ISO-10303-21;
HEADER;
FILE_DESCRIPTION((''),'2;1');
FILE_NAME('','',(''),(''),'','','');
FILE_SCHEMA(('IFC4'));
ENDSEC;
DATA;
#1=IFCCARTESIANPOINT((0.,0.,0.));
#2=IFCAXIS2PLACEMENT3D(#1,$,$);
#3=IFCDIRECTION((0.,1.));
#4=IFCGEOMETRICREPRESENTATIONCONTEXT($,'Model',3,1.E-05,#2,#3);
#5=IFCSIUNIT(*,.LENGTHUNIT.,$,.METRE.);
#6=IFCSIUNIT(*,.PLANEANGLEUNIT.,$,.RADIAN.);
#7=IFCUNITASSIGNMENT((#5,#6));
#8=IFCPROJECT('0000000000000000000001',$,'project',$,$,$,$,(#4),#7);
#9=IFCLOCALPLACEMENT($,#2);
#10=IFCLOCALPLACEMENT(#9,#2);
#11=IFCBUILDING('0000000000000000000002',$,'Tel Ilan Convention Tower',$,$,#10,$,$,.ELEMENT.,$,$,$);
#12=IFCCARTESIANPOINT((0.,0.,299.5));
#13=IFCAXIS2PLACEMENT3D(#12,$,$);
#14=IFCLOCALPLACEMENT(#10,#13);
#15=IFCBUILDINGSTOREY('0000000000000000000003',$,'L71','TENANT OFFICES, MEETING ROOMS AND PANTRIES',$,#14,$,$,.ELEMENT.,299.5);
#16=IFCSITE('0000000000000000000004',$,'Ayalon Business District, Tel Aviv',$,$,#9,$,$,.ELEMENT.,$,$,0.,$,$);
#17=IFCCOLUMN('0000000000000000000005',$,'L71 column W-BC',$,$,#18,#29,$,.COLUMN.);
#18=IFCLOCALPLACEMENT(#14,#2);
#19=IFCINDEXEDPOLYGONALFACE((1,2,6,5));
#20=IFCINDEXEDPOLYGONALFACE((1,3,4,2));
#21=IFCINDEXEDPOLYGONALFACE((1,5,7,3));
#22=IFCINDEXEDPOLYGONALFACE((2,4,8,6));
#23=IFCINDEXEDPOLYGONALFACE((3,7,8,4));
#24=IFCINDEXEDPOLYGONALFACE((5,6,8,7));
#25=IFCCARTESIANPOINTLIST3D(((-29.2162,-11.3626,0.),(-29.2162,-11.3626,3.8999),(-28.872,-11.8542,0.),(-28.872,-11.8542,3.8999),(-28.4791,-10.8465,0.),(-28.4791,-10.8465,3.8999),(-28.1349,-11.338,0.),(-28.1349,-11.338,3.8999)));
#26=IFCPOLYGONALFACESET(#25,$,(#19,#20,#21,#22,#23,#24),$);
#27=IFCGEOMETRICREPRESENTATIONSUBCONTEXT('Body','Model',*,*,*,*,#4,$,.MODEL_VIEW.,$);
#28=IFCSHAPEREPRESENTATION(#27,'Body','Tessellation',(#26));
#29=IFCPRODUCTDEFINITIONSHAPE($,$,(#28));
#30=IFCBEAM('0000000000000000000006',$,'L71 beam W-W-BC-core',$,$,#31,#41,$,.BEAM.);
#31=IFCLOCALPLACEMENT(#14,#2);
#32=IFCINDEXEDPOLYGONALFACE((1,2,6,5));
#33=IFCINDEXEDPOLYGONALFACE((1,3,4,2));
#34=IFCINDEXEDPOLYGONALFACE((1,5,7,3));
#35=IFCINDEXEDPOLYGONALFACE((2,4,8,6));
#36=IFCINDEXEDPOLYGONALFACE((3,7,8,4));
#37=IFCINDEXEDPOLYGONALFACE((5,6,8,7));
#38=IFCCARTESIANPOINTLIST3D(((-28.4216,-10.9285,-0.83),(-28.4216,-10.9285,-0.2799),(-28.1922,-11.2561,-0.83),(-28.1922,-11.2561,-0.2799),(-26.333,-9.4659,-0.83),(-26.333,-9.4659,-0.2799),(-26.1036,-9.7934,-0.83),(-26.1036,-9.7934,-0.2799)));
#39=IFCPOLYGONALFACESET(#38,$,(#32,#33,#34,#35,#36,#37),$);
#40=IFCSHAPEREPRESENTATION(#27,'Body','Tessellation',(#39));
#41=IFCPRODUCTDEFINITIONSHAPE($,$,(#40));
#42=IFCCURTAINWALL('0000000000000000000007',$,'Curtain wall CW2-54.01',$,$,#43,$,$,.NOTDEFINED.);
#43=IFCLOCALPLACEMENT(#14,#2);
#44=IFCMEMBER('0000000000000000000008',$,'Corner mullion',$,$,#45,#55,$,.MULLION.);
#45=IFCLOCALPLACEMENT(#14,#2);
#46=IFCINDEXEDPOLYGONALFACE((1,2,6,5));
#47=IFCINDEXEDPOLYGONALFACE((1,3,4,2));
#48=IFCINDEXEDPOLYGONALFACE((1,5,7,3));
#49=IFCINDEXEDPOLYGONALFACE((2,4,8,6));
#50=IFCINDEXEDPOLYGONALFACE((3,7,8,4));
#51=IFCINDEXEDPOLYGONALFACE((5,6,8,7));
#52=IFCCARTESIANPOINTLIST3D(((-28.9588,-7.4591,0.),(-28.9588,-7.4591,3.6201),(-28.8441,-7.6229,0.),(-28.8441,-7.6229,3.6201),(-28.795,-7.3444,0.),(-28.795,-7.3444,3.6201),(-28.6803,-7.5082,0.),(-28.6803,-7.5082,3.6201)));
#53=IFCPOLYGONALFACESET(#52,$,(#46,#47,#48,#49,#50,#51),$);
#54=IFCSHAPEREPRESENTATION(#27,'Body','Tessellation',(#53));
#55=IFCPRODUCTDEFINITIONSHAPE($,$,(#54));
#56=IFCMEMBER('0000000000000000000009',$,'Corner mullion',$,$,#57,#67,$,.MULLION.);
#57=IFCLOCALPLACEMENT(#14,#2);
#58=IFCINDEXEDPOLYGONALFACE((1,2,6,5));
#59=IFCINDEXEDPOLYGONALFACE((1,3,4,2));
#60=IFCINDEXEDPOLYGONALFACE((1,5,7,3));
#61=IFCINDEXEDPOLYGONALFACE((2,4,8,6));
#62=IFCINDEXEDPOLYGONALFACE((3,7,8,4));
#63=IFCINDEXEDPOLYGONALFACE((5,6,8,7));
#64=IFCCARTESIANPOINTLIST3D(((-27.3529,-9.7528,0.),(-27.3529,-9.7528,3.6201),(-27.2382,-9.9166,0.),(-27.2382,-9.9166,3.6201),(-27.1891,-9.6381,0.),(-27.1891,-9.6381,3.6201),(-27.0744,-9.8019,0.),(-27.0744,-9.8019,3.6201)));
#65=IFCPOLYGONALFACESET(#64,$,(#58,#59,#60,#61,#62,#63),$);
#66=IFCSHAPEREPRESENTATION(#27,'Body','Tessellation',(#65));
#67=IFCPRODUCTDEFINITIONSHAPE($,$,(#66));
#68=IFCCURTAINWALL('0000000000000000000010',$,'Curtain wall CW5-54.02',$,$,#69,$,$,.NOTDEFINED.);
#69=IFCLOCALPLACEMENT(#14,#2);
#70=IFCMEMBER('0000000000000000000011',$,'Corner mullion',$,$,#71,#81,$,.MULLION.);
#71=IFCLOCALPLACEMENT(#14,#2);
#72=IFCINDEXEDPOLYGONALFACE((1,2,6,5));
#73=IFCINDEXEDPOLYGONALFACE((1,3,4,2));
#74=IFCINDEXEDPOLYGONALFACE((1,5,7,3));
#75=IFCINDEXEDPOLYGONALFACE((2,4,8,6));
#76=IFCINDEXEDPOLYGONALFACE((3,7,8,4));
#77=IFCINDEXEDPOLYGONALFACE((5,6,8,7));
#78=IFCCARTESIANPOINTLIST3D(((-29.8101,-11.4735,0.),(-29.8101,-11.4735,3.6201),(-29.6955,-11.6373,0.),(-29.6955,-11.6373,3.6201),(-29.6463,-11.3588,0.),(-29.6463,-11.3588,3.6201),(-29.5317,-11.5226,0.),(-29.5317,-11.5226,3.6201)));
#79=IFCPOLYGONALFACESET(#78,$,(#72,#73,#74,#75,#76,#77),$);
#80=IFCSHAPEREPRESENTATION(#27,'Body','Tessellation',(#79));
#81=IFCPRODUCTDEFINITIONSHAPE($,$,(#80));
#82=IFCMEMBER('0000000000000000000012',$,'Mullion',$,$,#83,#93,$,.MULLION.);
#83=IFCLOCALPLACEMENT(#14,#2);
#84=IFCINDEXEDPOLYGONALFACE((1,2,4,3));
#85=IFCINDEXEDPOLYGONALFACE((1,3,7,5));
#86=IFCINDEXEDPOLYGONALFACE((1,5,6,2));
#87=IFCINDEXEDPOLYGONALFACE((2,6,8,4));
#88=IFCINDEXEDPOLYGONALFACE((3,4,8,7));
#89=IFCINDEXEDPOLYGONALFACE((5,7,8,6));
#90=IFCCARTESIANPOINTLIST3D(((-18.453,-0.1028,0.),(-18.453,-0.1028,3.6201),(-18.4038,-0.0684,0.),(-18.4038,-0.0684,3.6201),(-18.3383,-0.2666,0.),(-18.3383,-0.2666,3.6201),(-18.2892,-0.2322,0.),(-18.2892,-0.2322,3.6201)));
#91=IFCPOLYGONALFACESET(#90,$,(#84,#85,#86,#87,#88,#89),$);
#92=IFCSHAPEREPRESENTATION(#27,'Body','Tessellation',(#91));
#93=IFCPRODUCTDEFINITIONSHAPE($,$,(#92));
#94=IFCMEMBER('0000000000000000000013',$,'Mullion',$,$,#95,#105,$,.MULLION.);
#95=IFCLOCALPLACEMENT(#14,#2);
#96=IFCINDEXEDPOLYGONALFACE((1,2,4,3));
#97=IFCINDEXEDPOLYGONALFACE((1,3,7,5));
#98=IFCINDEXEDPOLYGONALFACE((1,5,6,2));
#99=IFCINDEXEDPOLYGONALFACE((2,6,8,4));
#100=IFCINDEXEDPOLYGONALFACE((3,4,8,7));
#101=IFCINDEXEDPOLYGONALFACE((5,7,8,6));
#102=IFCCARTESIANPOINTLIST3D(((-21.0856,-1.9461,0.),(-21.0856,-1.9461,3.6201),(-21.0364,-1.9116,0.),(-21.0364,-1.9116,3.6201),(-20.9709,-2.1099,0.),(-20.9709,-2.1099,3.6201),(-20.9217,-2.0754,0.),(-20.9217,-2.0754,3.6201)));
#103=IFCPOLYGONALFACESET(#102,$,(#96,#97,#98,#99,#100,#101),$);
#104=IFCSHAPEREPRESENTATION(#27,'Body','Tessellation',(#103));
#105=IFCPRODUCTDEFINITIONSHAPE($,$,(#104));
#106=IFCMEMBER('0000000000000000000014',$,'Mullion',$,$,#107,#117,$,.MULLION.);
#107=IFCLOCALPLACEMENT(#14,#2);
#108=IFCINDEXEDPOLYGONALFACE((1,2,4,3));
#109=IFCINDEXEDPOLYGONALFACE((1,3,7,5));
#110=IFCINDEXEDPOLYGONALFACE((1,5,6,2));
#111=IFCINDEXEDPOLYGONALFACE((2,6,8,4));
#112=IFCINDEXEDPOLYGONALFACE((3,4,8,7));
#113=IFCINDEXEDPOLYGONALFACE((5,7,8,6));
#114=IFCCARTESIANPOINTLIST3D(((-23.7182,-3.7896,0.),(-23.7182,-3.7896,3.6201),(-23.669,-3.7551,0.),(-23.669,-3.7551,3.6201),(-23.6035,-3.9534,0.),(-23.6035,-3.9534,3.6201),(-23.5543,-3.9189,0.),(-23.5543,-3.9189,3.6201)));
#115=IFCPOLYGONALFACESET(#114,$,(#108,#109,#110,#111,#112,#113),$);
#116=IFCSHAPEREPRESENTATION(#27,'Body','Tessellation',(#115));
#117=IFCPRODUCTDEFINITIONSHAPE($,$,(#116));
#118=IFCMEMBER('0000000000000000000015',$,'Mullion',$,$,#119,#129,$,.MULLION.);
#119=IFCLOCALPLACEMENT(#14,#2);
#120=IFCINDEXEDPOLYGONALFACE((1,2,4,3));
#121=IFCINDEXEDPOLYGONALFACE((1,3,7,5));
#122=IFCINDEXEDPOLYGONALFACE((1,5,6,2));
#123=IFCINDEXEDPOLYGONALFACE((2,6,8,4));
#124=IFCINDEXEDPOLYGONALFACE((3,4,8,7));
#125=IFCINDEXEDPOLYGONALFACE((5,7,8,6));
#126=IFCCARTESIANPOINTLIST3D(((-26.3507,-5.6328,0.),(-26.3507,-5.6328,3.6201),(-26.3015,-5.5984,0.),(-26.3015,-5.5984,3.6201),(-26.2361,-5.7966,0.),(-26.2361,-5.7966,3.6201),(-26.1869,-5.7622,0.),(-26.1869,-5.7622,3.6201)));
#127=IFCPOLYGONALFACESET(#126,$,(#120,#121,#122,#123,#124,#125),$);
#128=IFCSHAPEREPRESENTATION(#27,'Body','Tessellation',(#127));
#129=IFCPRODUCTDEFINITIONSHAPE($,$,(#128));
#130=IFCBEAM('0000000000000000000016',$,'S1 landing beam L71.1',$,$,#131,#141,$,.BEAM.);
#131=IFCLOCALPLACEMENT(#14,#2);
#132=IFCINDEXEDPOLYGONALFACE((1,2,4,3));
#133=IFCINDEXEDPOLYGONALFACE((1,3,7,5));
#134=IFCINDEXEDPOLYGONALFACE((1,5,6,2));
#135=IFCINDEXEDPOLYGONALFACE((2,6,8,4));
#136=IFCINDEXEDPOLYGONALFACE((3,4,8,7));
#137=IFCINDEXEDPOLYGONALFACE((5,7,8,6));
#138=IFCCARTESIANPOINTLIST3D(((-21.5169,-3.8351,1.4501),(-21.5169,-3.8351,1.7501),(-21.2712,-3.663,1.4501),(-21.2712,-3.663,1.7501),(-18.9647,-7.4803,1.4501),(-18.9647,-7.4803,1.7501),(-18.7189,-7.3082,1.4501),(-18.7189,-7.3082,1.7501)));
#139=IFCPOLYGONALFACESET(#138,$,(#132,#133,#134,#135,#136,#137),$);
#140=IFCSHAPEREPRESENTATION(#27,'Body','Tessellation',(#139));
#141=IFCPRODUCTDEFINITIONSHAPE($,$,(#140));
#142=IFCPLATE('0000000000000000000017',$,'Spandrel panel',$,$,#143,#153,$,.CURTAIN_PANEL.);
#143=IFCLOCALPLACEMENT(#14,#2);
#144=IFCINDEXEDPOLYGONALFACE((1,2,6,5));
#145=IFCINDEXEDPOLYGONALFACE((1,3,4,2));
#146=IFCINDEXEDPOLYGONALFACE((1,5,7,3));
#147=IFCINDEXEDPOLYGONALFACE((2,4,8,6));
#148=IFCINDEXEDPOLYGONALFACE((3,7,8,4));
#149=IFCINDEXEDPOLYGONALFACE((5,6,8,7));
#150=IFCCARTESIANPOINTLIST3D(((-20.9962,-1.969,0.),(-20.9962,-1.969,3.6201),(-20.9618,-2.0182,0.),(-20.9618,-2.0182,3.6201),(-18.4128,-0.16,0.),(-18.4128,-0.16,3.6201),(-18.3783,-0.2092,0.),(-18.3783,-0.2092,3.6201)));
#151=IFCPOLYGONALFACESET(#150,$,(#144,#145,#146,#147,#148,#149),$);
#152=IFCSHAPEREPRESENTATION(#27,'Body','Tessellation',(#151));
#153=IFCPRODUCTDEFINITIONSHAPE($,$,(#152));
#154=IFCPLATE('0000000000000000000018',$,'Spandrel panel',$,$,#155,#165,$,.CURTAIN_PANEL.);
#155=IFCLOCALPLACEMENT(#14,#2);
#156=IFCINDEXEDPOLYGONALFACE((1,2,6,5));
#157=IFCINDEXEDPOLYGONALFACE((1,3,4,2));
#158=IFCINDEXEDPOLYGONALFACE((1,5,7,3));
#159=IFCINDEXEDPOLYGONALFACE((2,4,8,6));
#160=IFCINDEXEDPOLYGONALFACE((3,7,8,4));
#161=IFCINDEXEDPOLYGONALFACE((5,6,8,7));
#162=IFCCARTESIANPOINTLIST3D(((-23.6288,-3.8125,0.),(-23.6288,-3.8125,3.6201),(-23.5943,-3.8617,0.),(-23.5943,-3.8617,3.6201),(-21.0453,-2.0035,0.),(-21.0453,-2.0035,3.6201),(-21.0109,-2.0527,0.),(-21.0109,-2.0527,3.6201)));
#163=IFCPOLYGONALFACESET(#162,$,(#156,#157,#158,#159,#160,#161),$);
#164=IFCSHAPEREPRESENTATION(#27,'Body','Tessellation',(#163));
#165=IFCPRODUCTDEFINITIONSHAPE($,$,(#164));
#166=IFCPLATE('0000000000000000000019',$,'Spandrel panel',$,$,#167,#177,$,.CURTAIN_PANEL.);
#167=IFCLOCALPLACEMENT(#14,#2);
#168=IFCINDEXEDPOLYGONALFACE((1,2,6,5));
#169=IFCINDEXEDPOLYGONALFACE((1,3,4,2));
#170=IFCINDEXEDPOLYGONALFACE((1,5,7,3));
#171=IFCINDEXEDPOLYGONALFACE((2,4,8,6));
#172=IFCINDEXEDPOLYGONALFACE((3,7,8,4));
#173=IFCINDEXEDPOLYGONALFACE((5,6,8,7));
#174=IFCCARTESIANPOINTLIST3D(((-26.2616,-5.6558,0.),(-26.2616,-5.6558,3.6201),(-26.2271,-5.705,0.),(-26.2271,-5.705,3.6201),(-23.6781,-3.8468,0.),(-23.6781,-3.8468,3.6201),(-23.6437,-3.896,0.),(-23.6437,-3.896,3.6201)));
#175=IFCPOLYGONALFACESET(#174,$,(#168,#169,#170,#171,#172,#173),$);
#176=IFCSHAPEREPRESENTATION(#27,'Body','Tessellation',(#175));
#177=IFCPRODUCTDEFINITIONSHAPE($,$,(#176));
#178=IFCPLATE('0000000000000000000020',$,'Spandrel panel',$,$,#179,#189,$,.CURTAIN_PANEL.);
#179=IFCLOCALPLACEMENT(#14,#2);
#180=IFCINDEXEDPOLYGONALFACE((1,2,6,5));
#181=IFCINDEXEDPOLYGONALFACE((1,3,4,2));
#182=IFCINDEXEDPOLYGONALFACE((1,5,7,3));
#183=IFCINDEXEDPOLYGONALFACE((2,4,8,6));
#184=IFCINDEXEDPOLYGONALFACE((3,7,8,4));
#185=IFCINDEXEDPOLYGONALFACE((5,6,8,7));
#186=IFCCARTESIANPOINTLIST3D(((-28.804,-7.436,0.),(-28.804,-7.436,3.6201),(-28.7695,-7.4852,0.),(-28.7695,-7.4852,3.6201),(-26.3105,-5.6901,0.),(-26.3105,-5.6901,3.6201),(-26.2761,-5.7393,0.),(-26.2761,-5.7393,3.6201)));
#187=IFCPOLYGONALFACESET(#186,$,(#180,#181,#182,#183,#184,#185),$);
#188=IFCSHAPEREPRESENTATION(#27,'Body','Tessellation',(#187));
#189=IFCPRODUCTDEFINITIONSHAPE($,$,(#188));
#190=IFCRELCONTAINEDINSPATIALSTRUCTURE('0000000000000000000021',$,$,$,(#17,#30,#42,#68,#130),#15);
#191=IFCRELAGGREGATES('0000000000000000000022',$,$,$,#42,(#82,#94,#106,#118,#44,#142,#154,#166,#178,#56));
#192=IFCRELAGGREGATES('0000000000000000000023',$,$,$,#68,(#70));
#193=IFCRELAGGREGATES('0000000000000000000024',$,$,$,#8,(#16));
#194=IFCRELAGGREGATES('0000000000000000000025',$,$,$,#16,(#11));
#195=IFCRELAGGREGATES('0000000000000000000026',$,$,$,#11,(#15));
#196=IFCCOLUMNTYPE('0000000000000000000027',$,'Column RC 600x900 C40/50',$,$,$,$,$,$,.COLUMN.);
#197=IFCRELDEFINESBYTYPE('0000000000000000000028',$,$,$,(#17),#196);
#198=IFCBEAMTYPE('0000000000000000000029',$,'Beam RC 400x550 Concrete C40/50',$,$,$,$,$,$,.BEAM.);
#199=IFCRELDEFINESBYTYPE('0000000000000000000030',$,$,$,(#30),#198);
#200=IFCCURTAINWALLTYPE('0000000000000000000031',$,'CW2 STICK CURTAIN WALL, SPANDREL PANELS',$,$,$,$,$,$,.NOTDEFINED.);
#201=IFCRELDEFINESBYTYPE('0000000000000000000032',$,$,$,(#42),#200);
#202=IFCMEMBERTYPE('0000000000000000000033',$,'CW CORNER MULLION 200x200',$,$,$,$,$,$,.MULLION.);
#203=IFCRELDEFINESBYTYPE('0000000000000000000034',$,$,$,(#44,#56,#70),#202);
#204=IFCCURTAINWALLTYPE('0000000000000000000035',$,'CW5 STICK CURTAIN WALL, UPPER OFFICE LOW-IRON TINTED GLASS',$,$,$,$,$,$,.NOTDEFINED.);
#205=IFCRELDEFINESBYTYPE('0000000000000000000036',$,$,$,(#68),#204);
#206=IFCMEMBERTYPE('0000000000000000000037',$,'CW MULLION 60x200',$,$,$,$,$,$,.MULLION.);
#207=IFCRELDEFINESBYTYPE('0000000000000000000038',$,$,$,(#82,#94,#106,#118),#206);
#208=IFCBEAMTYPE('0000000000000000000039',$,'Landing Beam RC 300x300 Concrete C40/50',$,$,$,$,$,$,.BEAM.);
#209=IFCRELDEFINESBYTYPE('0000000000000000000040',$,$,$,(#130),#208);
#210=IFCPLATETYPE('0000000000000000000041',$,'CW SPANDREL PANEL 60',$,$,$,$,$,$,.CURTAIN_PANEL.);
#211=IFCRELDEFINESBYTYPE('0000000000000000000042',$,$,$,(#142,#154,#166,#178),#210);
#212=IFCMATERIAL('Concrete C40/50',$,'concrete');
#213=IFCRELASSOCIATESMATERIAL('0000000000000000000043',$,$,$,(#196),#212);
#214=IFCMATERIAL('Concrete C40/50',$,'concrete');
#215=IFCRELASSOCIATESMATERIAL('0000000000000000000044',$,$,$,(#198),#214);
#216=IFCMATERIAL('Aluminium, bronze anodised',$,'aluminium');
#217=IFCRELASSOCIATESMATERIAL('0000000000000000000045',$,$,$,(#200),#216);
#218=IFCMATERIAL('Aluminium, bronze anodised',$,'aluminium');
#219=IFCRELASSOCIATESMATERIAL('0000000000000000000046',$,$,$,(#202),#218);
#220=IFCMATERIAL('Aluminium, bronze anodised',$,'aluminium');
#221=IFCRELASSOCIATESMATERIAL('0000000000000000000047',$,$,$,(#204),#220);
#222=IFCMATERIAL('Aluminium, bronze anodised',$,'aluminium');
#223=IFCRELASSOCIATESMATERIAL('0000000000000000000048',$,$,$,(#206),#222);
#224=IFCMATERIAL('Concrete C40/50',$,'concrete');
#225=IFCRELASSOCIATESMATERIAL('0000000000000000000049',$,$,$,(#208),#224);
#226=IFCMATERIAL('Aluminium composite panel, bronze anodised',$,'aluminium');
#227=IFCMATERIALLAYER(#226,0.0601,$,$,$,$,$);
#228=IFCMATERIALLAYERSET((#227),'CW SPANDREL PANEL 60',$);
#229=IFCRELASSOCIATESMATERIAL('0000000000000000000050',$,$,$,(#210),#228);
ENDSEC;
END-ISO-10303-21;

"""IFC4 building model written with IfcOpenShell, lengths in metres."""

from ifc_helpers import new_model, si_unit, direction, frame, origin, origin_2d, place, context, subcontext, project, spatial, rectangle, extrude, material, layer, layer_set, material_profile, profile_set, type_object, element, aggregate, save


model = new_model("IFC4")

# Units and contexts
model_context = context("Model", 3, precision=1e-05, world=origin(), true_north=direction((0.0, 1.0)))
body_context = subcontext(model_context, "Body", "Model", "MODEL_VIEW")
ifc_project = project(units=[si_unit("LENGTHUNIT", "METRE"), si_unit("PLANEANGLEUNIT", "RADIAN")], contexts=[model_context])

# Site, building, storey
site_placement = place(None, origin())
site = spatial("IfcSite", under=ifc_project, at=site_placement, Name="Ayalon Business District, Tel Aviv", CompositionType="ELEMENT", RefElevation=0.0)
building_placement = place(site_placement, origin())
building = spatial("IfcBuilding", under=site, at=building_placement, Name="Tel Ilan Convention Tower", CompositionType="ELEMENT")
storey_placement = place(building_placement, frame((0.0, 0.0, 299.5)))
storey = spatial("IfcBuildingStorey", under=building, at=storey_placement, Name="L71", Description="TENANT OFFICES, MEETING ROOMS AND PANTRIES", CompositionType="ELEMENT", Elevation=299.5)

# Column
ifc_material_1 = material(Name="Concrete C40/50", Category="concrete")
ifc_material_profile_1 = material_profile(ifc_material_1, rectangle(XDim=0.8999, YDim=0.6001, at=origin_2d()), Name="RC 600x900")
ifc_profile_set_1 = profile_set([ifc_material_profile_1], Name="Concrete C40/50")
column_type = type_object("IfcColumnType", Name="Column RC 600x900 C40/50", PredefinedType="COLUMN", material=ifc_profile_set_1)
column_placement = place(storey_placement, frame((-28.6755, -11.3503, 0.0), z_axis=(0.0, 0.0, 1.0), x_axis=(-0.819152, -0.573576, 0.0)))
element("IfcColumn", 1, at=column_placement, inside=storey, type_object=column_type, Name="L71 column W-BC", PredefinedType="COLUMN", context=body_context, shape_type="SweptSolid", body=[
    extrude(rectangle(XDim=0.8999, YDim=0.6001, at=origin_2d()), origin(), (0.0, 0.0, 1.0), 3.8999),
])

# Beam
ifc_material_2 = material(Name="Concrete C40/50", Category="concrete")
ifc_material_profile_2 = material_profile(ifc_material_2, rectangle(XDim=0.3999, YDim=0.55, at=origin_2d()), Name="RC 400x550")
ifc_profile_set_2 = profile_set([ifc_material_profile_2], Name="Concrete C40/50")
beam_type_1 = type_object("IfcBeamType", Name="Beam RC 400x550 Concrete C40/50", PredefinedType="BEAM", material=ifc_profile_set_2)
beam_1_placement = place(storey_placement, frame((-28.3069, -11.0923, -0.5549), z_axis=(0.819119, 0.573623, 0.0), x_axis=(-0.573623, 0.819119, 0.0)))
element("IfcBeam", 2, at=beam_1_placement, inside=storey, type_object=beam_type_1, Name="L71 beam W-W-BC-core", PredefinedType="BEAM", context=body_context, shape_type="SweptSolid", body=[
    extrude(rectangle(XDim=0.3999, YDim=0.55, at=origin_2d()), origin(), (0.0, 0.0, 1.0), 2.5498),
])

# Curtain wall, members
ifc_material_3 = material(Name="Aluminium, bronze anodised", Category="aluminium")
curtain_wall_type_1 = type_object("IfcCurtainWallType", Name="CW2 STICK CURTAIN WALL, SPANDREL PANELS", PredefinedType="NOTDEFINED", material=ifc_material_3)
curtain_wall_1_placement = place(storey_placement, origin())
curtain_wall_1 = element("IfcCurtainWall", 3, at=curtain_wall_1_placement, inside=storey, type_object=curtain_wall_type_1, Name="Curtain wall CW2-54.01", PredefinedType="NOTDEFINED")
ifc_material_4 = material(Name="Aluminium, bronze anodised", Category="aluminium")
ifc_material_profile_3 = material_profile(ifc_material_4, rectangle(XDim=0.2, YDim=0.2, at=origin_2d()), Name="CW CORNER MULLION 200x200")
ifc_profile_set_3 = profile_set([ifc_material_profile_3], Name="Aluminium, bronze anodised")
member_type_1 = type_object("IfcMemberType", Name="CW CORNER MULLION 200x200", PredefinedType="MULLION", material=ifc_profile_set_3)
member_1_placement = place(storey_placement, frame((-28.8196, -7.4836, 0.0), z_axis=(0.0, 0.0, 1.0), x_axis=(-0.819152, -0.573576, 0.0)))
member_1 = element("IfcMember", 4, at=member_1_placement, type_object=member_type_1, Name="Corner mullion", PredefinedType="MULLION", context=body_context, shape_type="SweptSolid", body=[
    extrude(rectangle(XDim=0.2, YDim=0.2, at=origin_2d()), origin(), (0.0, 0.0, 1.0), 3.6201),
])
member_2_placement = place(storey_placement, frame((-27.2136, -9.7773, 0.0), z_axis=(0.0, 0.0, 1.0), x_axis=(0.573576, -0.819152, 0.0)))
member_2 = element("IfcMember", 5, at=member_2_placement, type_object=member_type_1, Name="Corner mullion", PredefinedType="MULLION", context=body_context, shape_type="SweptSolid", body=[
    extrude(rectangle(XDim=0.2, YDim=0.2, at=origin_2d()), origin(), (0.0, 0.0, 1.0), 3.6201),
])

# Curtain wall, member
ifc_material_5 = material(Name="Aluminium, bronze anodised", Category="aluminium")
curtain_wall_type_2 = type_object("IfcCurtainWallType", Name="CW5 STICK CURTAIN WALL, UPPER OFFICE LOW-IRON TINTED GLASS", PredefinedType="NOTDEFINED", material=ifc_material_5)
curtain_wall_2_placement = place(storey_placement, origin())
curtain_wall_2 = element("IfcCurtainWall", 6, at=curtain_wall_2_placement, inside=storey, type_object=curtain_wall_type_2, Name="Curtain wall CW5-54.02", PredefinedType="NOTDEFINED")
member_3_placement = place(storey_placement, frame((-29.6709, -11.498, 0.0), z_axis=(0.0, 0.0, 1.0), x_axis=(-0.819152, -0.573576, 0.0)))
member_3 = element("IfcMember", 7, at=member_3_placement, type_object=member_type_1, Name="Corner mullion", PredefinedType="MULLION", context=body_context, shape_type="SweptSolid", body=[
    extrude(rectangle(XDim=0.2, YDim=0.2, at=origin_2d()), origin(), (0.0, 0.0, 1.0), 3.6201),
])

# Members
ifc_material_6 = material(Name="Aluminium, bronze anodised", Category="aluminium")
ifc_material_profile_4 = material_profile(ifc_material_6, rectangle(XDim=0.0601, YDim=0.2, at=origin_2d()), Name="CW MULLION 60x200")
ifc_profile_set_4 = profile_set([ifc_material_profile_4], Name="Aluminium, bronze anodised")
member_type_2 = type_object("IfcMemberType", Name="CW MULLION 60x200", PredefinedType="MULLION", material=ifc_profile_set_4)
member_4_placement = place(storey_placement, frame((-18.3711, -0.1675, 0.0), z_axis=(0.0, 0.0, 1.0), x_axis=(-0.819152, -0.573576, 0.0)))
member_4 = element("IfcMember", 8, at=member_4_placement, type_object=member_type_2, Name="Mullion", PredefinedType="MULLION", context=body_context, shape_type="SweptSolid", body=[
    extrude(rectangle(XDim=0.0601, YDim=0.2, at=origin_2d()), origin(), (0.0, 0.0, 1.0), 3.6201),
])
member_5_placement = place(storey_placement, frame((-21.0037, -2.0107, 0.0), z_axis=(0.0, 0.0, 1.0), x_axis=(-0.819152, -0.573576, 0.0)))
member_5 = element("IfcMember", 9, at=member_5_placement, type_object=member_type_2, Name="Mullion", PredefinedType="MULLION", context=body_context, shape_type="SweptSolid", body=[
    extrude(rectangle(XDim=0.0601, YDim=0.2, at=origin_2d()), origin(), (0.0, 0.0, 1.0), 3.6201),
])
member_6_placement = place(storey_placement, frame((-23.6362, -3.8542, 0.0), z_axis=(0.0, 0.0, 1.0), x_axis=(-0.819152, -0.573576, 0.0)))
member_6 = element("IfcMember", 10, at=member_6_placement, type_object=member_type_2, Name="Mullion", PredefinedType="MULLION", context=body_context, shape_type="SweptSolid", body=[
    extrude(rectangle(XDim=0.0601, YDim=0.2, at=origin_2d()), origin(), (0.0, 0.0, 1.0), 3.6201),
])
member_7_placement = place(storey_placement, frame((-26.2688, -5.6975, 0.0), z_axis=(0.0, 0.0, 1.0), x_axis=(-0.819152, -0.573576, 0.0)))
member_7 = element("IfcMember", 11, at=member_7_placement, type_object=member_type_2, Name="Mullion", PredefinedType="MULLION", context=body_context, shape_type="SweptSolid", body=[
    extrude(rectangle(XDim=0.0601, YDim=0.2, at=origin_2d()), origin(), (0.0, 0.0, 1.0), 3.6201),
])

# Beam
ifc_material_7 = material(Name="Concrete C40/50", Category="concrete")
ifc_material_profile_5 = material_profile(ifc_material_7, rectangle(XDim=0.3, YDim=0.3, at=origin_2d()), Name="RC 300x300")
ifc_profile_set_5 = profile_set([ifc_material_profile_5], Name="Concrete C40/50")
beam_type_2 = type_object("IfcBeamType", Name="Landing Beam RC 300x300 Concrete C40/50", PredefinedType="BEAM", material=ifc_profile_set_5)
beam_2_placement = place(storey_placement, frame((-18.8418, -7.3943, 1.6001), z_axis=(-0.573547, 0.819173, 0.0), x_axis=(-0.819173, -0.573547, 0.0)))
element("IfcBeam", 12, at=beam_2_placement, inside=storey, type_object=beam_type_2, Name="S1 landing beam L71.1", PredefinedType="BEAM", context=body_context, shape_type="SweptSolid", body=[
    extrude(rectangle(XDim=0.3, YDim=0.3, at=origin_2d()), origin(), (0.0, 0.0, 1.0), 4.45),
])

# Plates
ifc_material_8 = material(Name="Aluminium composite panel, bronze anodised", Category="aluminium")
ifc_layer_1 = layer(ifc_material_8, 0.0601)
ifc_layer_set_1 = layer_set([ifc_layer_1], Name="CW SPANDREL PANEL 60")
plate_type_1 = type_object("IfcPlateType", Name="CW SPANDREL PANEL 60", PredefinedType="CURTAIN_PANEL", material=ifc_layer_set_1)
plate_1_placement = place(storey_placement, frame((-19.6873, -1.0891, 0.0), z_axis=(0.0, 0.0, 1.0), x_axis=(-0.819152, -0.573576, 0.0)))
plate_1 = element("IfcPlate", 13, at=plate_1_placement, type_object=plate_type_1, Name="Spandrel panel", PredefinedType="CURTAIN_PANEL", context=body_context, shape_type="SweptSolid", body=[
    extrude(rectangle(XDim=3.1538, YDim=0.0601, at=origin_2d()), origin(), (0.0, 0.0, 1.0), 3.6201),
])
plate_2_placement = place(storey_placement, frame((-22.3198, -2.9326, 0.0), z_axis=(0.0, 0.0, 1.0), x_axis=(-0.819152, -0.573576, 0.0)))
plate_2 = element("IfcPlate", 14, at=plate_2_placement, type_object=plate_type_1, Name="Spandrel panel", PredefinedType="CURTAIN_PANEL", context=body_context, shape_type="SweptSolid", body=[
    extrude(rectangle(XDim=3.1538, YDim=0.0601, at=origin_2d()), origin(), (0.0, 0.0, 1.0), 3.6201),
])
plate_3_placement = place(storey_placement, frame((-24.9526, -4.7759, 0.0), z_axis=(0.0, 0.0, 1.0), x_axis=(-0.819152, -0.573576, 0.0)))
plate_3 = element("IfcPlate", 15, at=plate_3_placement, type_object=plate_type_1, Name="Spandrel panel", PredefinedType="CURTAIN_PANEL", context=body_context, shape_type="SweptSolid", body=[
    extrude(rectangle(XDim=3.1538, YDim=0.0601, at=origin_2d()), origin(), (0.0, 0.0, 1.0), 3.6201),
])
plate_4_placement = place(storey_placement, frame((-27.54, -6.5876, 0.0), z_axis=(0.0, 0.0, 1.0), x_axis=(-0.819152, -0.573576, 0.0)))
plate_4 = element("IfcPlate", 16, at=plate_4_placement, type_object=plate_type_1, Name="Spandrel panel", PredefinedType="CURTAIN_PANEL", context=body_context, shape_type="SweptSolid", body=[
    extrude(rectangle(XDim=3.0439, YDim=0.0601, at=origin_2d()), origin(), (0.0, 0.0, 1.0), 3.6201),
])
aggregate(curtain_wall_1, [member_4, member_5, member_6, member_7, member_1, plate_1, plate_2, plate_3, plate_4, member_2])
aggregate(curtain_wall_2, [member_3])

save(model, "model.ifc")
